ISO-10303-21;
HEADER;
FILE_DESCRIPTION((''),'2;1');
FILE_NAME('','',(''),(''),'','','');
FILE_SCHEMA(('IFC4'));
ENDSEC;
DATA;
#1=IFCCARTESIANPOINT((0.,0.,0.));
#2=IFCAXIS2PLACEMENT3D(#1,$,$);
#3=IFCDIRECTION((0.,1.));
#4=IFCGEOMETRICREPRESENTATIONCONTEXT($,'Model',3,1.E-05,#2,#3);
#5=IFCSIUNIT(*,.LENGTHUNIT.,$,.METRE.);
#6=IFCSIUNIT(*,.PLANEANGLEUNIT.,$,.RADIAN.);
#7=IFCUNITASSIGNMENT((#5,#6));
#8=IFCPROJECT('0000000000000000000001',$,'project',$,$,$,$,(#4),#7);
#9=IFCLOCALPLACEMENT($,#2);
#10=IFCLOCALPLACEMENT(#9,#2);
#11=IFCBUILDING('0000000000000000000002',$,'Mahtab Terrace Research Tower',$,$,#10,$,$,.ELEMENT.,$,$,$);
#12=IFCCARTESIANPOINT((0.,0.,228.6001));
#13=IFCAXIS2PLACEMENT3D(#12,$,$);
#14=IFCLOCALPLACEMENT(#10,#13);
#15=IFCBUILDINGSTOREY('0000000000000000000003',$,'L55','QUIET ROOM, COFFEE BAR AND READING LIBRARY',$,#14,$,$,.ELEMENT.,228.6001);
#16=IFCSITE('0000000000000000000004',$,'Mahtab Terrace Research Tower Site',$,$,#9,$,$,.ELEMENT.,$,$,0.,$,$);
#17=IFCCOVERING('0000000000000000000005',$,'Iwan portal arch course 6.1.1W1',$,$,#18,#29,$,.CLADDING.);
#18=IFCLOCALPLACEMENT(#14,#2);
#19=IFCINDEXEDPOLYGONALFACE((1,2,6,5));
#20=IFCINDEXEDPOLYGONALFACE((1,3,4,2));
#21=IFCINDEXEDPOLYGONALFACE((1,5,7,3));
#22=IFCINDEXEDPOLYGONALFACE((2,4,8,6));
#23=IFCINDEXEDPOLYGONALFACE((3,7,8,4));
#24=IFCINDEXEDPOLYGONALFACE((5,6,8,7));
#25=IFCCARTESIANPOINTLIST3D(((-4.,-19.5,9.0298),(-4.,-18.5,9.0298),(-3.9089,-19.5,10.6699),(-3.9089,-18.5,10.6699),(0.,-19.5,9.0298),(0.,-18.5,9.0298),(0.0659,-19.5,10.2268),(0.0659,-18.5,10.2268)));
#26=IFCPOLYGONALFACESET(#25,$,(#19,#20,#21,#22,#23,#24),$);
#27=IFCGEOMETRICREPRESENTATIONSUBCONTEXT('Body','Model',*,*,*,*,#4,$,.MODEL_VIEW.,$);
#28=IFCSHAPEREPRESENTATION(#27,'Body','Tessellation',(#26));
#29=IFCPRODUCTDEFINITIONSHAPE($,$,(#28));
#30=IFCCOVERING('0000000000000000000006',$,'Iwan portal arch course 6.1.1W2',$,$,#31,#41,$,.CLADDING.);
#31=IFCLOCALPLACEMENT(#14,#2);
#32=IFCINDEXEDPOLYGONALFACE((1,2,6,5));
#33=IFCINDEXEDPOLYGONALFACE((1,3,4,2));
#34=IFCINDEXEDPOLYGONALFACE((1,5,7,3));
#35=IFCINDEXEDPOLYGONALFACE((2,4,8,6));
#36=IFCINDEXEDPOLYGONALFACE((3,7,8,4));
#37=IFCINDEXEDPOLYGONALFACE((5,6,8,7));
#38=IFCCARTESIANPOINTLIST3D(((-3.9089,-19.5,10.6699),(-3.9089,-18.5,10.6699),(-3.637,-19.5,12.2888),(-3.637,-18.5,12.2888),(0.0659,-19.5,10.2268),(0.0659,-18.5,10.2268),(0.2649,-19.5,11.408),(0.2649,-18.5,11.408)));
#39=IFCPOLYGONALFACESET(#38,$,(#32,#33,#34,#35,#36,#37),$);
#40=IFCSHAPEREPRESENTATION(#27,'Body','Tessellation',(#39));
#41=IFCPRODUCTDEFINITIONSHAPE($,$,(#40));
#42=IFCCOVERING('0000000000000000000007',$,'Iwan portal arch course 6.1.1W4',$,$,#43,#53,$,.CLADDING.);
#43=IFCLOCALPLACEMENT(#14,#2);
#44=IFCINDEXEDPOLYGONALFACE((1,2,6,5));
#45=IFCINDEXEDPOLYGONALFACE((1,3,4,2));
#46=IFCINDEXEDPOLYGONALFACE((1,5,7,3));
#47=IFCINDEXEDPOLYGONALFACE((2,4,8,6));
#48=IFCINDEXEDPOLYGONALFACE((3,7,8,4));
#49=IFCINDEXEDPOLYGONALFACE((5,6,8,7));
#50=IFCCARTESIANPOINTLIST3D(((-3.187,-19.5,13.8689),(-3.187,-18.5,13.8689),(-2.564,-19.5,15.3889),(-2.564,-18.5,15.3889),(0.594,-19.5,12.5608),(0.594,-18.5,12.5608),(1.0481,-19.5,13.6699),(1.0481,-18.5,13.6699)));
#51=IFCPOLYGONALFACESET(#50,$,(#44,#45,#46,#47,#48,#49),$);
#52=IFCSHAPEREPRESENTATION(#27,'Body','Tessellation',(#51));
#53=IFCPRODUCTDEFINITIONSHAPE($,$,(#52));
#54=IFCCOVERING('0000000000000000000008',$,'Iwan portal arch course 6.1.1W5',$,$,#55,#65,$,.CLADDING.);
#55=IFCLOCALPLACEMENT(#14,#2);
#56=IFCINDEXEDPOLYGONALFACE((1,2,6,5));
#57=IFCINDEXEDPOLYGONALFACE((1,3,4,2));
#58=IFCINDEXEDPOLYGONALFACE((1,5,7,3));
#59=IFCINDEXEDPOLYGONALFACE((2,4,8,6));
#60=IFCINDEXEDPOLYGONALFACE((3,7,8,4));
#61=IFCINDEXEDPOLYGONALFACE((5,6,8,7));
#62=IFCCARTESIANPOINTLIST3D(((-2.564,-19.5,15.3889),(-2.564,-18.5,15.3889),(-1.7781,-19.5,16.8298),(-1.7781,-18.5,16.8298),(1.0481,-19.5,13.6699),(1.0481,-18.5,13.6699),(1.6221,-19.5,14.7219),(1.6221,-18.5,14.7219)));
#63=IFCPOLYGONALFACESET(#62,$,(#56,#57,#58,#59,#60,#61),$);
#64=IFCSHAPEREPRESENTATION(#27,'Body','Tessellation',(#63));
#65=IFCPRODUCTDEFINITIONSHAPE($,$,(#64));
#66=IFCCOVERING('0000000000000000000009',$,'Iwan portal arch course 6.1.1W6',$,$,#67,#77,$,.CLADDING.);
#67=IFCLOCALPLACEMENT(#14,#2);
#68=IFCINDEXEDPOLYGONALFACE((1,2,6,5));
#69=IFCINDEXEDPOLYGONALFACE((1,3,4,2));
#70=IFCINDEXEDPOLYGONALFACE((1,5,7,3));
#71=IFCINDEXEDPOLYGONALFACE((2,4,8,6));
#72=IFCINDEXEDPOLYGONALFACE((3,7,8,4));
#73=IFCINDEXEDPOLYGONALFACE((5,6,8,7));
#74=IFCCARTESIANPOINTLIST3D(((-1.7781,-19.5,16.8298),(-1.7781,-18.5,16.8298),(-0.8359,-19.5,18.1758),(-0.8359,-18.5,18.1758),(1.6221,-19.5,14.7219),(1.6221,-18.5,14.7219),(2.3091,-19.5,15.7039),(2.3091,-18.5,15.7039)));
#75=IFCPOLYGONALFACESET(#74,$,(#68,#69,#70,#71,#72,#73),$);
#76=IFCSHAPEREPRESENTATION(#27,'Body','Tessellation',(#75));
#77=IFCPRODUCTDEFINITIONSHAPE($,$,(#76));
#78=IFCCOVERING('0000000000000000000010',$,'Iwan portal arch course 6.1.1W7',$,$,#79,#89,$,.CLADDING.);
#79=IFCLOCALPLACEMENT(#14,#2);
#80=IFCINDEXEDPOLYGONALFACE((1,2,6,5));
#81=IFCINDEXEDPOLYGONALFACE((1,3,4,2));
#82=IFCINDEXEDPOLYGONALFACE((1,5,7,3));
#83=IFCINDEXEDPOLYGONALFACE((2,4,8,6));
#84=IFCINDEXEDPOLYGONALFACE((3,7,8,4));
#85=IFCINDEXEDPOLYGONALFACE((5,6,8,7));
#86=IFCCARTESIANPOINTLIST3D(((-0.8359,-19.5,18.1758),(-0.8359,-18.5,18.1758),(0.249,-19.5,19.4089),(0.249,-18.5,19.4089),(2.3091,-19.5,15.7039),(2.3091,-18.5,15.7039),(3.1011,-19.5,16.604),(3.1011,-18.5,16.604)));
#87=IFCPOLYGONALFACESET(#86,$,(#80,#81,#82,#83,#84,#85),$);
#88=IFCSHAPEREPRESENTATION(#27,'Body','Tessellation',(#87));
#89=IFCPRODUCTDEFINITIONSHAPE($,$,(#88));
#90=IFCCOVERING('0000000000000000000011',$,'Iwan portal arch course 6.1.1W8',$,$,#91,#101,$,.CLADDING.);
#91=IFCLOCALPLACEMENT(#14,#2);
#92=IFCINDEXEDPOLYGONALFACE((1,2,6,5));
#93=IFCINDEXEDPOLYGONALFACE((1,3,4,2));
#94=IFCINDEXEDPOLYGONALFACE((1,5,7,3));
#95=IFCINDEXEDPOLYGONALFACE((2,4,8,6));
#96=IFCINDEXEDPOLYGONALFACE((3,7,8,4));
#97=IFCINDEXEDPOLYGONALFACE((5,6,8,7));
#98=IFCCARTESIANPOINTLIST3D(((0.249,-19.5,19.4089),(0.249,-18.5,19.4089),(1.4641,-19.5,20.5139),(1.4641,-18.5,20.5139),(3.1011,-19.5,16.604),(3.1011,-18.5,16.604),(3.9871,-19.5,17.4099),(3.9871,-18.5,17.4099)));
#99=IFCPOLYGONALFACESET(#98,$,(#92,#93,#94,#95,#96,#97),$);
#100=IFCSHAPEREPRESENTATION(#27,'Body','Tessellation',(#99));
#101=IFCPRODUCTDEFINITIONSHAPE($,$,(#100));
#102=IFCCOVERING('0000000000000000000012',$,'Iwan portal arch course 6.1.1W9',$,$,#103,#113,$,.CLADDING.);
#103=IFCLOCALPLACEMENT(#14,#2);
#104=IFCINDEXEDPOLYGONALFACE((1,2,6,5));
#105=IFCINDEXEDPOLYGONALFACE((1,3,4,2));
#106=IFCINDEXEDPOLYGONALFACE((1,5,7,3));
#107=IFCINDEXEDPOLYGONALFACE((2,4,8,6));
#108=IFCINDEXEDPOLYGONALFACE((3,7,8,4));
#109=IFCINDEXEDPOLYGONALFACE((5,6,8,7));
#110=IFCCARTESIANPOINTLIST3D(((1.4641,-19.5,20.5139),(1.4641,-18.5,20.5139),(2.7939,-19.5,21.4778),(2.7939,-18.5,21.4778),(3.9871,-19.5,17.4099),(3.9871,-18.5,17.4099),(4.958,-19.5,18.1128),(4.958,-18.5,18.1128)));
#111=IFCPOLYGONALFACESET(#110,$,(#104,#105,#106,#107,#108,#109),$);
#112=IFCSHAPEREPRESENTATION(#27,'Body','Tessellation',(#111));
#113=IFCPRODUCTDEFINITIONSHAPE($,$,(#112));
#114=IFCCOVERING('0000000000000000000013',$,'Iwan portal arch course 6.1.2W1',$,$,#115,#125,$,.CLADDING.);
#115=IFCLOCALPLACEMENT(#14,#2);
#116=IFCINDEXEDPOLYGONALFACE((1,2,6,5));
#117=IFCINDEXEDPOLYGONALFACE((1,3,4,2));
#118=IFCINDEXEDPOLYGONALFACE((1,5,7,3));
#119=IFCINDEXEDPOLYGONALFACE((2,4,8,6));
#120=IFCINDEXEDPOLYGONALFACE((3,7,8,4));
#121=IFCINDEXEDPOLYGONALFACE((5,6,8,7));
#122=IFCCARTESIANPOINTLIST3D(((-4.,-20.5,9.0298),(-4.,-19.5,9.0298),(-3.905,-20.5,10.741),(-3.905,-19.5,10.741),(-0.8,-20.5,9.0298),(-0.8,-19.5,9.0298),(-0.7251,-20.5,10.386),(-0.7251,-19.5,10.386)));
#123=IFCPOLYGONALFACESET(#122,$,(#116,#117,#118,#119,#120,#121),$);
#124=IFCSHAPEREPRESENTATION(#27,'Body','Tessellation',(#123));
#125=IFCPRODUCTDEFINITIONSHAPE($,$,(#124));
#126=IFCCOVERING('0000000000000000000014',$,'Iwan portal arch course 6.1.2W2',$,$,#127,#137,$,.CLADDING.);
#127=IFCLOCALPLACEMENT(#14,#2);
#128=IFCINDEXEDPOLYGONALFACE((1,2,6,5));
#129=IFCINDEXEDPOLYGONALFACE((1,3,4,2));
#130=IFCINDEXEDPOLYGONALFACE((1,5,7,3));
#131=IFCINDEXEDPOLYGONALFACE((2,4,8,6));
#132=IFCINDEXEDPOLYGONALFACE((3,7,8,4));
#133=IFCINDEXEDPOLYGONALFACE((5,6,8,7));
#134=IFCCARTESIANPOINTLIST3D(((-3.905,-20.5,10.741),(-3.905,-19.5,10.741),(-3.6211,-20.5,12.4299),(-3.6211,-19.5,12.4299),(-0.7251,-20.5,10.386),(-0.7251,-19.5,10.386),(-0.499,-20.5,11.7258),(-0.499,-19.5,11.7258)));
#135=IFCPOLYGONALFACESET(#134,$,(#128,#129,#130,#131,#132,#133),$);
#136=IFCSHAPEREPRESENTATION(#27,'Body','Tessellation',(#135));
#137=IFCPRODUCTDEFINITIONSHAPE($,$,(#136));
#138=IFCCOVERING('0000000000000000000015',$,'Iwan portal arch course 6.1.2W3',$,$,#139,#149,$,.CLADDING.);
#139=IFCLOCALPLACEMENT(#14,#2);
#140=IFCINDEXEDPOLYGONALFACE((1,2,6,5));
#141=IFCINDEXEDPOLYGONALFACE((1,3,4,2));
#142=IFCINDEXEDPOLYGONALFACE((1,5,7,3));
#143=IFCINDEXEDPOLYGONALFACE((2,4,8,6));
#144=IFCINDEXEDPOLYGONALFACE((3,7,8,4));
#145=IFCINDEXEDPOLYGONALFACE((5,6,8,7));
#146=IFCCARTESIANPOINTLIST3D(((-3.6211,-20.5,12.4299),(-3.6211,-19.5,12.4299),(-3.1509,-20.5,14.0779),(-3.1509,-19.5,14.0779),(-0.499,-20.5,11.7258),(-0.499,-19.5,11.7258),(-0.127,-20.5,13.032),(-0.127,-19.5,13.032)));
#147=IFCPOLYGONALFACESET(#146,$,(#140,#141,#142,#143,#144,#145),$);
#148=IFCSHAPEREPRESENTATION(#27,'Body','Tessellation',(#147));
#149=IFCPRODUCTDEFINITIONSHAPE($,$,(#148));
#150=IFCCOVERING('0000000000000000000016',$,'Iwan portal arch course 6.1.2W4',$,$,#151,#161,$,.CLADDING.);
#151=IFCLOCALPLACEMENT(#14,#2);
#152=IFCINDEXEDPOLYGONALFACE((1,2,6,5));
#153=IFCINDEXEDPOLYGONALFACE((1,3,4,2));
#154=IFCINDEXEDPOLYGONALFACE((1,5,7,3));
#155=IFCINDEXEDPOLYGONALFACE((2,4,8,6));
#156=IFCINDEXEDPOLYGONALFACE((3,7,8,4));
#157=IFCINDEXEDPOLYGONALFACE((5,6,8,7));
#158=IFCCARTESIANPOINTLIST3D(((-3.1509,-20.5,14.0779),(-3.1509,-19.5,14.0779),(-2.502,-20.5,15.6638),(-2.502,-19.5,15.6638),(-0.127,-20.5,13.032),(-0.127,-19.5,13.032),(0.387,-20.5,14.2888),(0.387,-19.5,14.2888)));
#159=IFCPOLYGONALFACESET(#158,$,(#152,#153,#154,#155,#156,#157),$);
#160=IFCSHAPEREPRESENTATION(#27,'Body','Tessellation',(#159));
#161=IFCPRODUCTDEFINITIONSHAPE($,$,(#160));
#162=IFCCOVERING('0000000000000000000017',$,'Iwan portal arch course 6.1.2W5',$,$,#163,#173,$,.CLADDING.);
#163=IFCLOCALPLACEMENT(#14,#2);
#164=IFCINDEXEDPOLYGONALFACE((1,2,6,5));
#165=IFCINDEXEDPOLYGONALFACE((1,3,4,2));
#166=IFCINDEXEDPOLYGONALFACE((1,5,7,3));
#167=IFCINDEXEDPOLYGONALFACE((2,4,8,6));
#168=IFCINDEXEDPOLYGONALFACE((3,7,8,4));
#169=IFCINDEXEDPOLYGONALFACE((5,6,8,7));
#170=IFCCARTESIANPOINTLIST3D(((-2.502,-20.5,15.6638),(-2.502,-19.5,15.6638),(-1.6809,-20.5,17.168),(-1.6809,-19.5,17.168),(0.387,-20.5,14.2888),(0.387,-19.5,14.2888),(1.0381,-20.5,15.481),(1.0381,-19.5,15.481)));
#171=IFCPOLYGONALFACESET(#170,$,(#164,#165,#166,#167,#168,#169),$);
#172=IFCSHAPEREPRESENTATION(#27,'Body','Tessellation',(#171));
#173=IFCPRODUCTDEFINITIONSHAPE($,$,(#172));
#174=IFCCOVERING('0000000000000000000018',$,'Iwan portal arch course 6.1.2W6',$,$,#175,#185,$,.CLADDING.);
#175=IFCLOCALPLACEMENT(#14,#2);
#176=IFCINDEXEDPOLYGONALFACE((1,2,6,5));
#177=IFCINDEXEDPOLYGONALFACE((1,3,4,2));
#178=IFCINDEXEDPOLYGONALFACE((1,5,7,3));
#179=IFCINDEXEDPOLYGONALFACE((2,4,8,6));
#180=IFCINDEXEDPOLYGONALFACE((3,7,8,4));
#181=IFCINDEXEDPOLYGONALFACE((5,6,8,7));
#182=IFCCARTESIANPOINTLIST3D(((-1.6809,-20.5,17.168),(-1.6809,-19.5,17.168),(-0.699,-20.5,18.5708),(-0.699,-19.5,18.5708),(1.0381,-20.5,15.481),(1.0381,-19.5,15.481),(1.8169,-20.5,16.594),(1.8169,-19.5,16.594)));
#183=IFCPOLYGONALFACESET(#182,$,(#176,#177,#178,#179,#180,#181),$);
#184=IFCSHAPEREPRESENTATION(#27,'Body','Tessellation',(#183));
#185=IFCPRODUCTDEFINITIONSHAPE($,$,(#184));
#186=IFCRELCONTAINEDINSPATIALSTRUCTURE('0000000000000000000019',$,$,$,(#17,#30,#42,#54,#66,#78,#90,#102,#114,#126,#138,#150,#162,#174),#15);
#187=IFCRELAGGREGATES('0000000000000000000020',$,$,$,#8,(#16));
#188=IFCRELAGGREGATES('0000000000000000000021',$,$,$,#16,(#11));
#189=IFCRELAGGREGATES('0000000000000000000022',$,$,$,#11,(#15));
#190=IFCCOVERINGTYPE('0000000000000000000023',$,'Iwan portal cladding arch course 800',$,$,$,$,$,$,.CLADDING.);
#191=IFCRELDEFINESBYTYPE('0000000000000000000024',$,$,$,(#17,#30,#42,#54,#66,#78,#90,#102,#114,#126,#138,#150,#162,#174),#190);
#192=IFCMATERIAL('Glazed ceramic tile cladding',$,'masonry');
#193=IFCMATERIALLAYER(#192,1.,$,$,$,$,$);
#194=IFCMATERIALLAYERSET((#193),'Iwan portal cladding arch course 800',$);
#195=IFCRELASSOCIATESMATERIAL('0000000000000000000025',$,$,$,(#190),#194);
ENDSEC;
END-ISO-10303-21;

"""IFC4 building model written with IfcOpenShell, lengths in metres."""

from ifc_helpers import new_model, si_unit, direction, frame, origin, place, context, subcontext, project, spatial, polyline, outline, extrude, material, layer, layer_set, type_object, element, save


model = new_model("IFC4")

# Units and contexts
model_context = context("Model", 3, precision=1e-05, world=origin(), true_north=direction((0.0, 1.0)))
body_context = subcontext(model_context, "Body", "Model", "MODEL_VIEW")
ifc_project = project(units=[si_unit("LENGTHUNIT", "METRE"), si_unit("PLANEANGLEUNIT", "RADIAN")], contexts=[model_context])

# Site, building, storey
site_placement = place(None, origin())
site = spatial("IfcSite", under=ifc_project, at=site_placement, Name="Mahtab Terrace Research Tower Site", CompositionType="ELEMENT", RefElevation=0.0)
building_placement = place(site_placement, origin())
building = spatial("IfcBuilding", under=site, at=building_placement, Name="Mahtab Terrace Research Tower", CompositionType="ELEMENT")
storey_placement = place(building_placement, frame((0.0, 0.0, 228.6001)))
storey = spatial("IfcBuildingStorey", under=building, at=storey_placement, Name="L55", Description="QUIET ROOM, COFFEE BAR AND READING LIBRARY", CompositionType="ELEMENT", Elevation=228.6001)

# Coverings
ifc_material_1 = material(Name="Glazed ceramic tile cladding", Category="masonry")
ifc_layer_1 = layer(ifc_material_1, 1.0)
ifc_layer_set_1 = layer_set([ifc_layer_1], Name="Iwan portal cladding arch course 800")
covering_type_1 = type_object("IfcCoveringType", Name="Iwan portal cladding arch course 800", PredefinedType="CLADDING", material=ifc_layer_set_1)
covering_1_placement = place(storey_placement, frame((-4.0, -18.5, 9.0298), z_axis=(0.0, 1.0, 0.0), x_axis=(0.055437, 0.0, 0.998462)))
element("IfcCovering", 1, at=covering_1_placement, inside=storey, type_object=covering_type_1, Name="Iwan portal arch course 6.1.1W1", PredefinedType="CLADDING", context=body_context, shape_type="SweptSolid", body=[
    extrude(outline(polyline([(0.0, 0.0), (1.6427, 0.0), (1.4206, 3.9933), (0.2217, 3.9938), (0.0, 0.0)])), origin(), (0.0, 0.0, -1.0), 1.0),
])
covering_2_placement = place(storey_placement, frame((-3.9089, -18.5, 10.6699), z_axis=(0.0, 1.0, 0.0), x_axis=(0.165677, 0.0, 0.98618)))
element("IfcCovering", 2, at=covering_2_placement, inside=storey, type_object=covering_type_1, Name="Iwan portal arch course 6.1.1W2", PredefinedType="CLADDING", context=body_context, shape_type="SweptSolid", body=[
    extrude(outline(polyline([(0.0, 0.0), (1.6416, 0.0), (1.4193, 3.9939), (0.2216, 3.9933), (0.0, 0.0)])), origin(), (0.0, 0.0, -1.0), 1.0),
])
covering_3_placement = place(storey_placement, frame((-3.187, -18.5, 13.8689), z_axis=(0.0, 1.0, 0.0), x_axis=(0.379269, 0.0, 0.925286)))
element("IfcCovering", 3, at=covering_3_placement, inside=storey, type_object=covering_type_1, Name="Iwan portal arch course 6.1.1W4", PredefinedType="CLADDING", context=body_context, shape_type="SweptSolid", body=[
    extrude(outline(polyline([(0.0, 0.0), (1.6428, 0.0), (1.4221, 3.9942), (0.2236, 3.9946), (0.0, 0.0)])), origin(), (0.0, 0.0, -1.0), 1.0),
])
covering_4_placement = place(storey_placement, frame((-2.564, -18.5, 15.3889), z_axis=(0.0, 1.0, 0.0), x_axis=(0.478821, 0.0, 0.877913)))
element("IfcCovering", 4, at=covering_4_placement, inside=storey, type_object=covering_type_1, Name="Iwan portal arch course 6.1.1W5", PredefinedType="CLADDING", context=body_context, shape_type="SweptSolid", body=[
    extrude(outline(polyline([(0.0, 0.0), (1.6413, 0.0), (1.4188, 3.9943), (0.2204, 3.9942), (0.0, 0.0)])), origin(), (0.0, 0.0, -1.0), 1.0),
])
covering_5_placement = place(storey_placement, frame((-1.7781, -18.5, 16.8298), z_axis=(0.0, 1.0, 0.0), x_axis=(0.573452, 0.0, 0.819239)))
element("IfcCovering", 5, at=covering_5_placement, inside=storey, type_object=covering_type_1, Name="Iwan portal arch course 6.1.1W6", PredefinedType="CLADDING", context=body_context, shape_type="SweptSolid", body=[
    extrude(outline(polyline([(0.0, 0.0), (1.6429, 0.0), (1.4213, 3.9941), (0.2229, 3.9943), (0.0, 0.0)])), origin(), (0.0, 0.0, -1.0), 1.0),
])
covering_6_placement = place(storey_placement, frame((-0.8359, -18.5, 18.1758), z_axis=(0.0, 1.0, 0.0), x_axis=(0.660554, 0.0, 0.750778)))
element("IfcCovering", 6, at=covering_6_placement, inside=storey, type_object=covering_type_1, Name="Iwan portal arch course 6.1.1W7", PredefinedType="CLADDING", context=body_context, shape_type="SweptSolid", body=[
    extrude(outline(polyline([(0.0, 0.0), (1.6425, 0.0), (1.4206, 3.9941), (0.2216, 3.9941), (0.0, 0.0)])), origin(), (0.0, 0.0, -1.0), 1.0),
])
covering_7_placement = place(storey_placement, frame((0.249, -18.5, 19.4089), z_axis=(0.0, 1.0, 0.0), x_axis=(0.739832, 0.0, 0.672791)))
element("IfcCovering", 7, at=covering_7_placement, inside=storey, type_object=covering_type_1, Name="Iwan portal arch course 6.1.1W8", PredefinedType="CLADDING", context=body_context, shape_type="SweptSolid", body=[
    extrude(outline(polyline([(0.0, 0.0), (1.6424, 0.0), (1.4206, 3.9939), (0.2229, 3.994), (0.0, 0.0)])), origin(), (0.0, 0.0, -1.0), 1.0),
])
covering_8_placement = place(storey_placement, frame((1.4641, -18.5, 20.5139), z_axis=(0.0, 1.0, 0.0), x_axis=(0.809686, 0.0, 0.586863)))
element("IfcCovering", 8, at=covering_8_placement, inside=storey, type_object=covering_type_1, Name="Iwan portal arch course 6.1.1W9", PredefinedType="CLADDING", context=body_context, shape_type="SweptSolid", body=[
    extrude(outline(polyline([(0.0, 0.0), (1.6424, 0.0), (1.4198, 3.9946), (0.2212, 3.9939), (0.0, 0.0)])), origin(), (0.0, 0.0, -1.0), 1.0),
])
covering_9_placement = place(storey_placement, frame((-4.0, -19.5, 9.0298), z_axis=(0.0, 1.0, 0.0), x_axis=(0.055415, 0.0, 0.998463)))
element("IfcCovering", 9, at=covering_9_placement, inside=storey, type_object=covering_type_1, Name="Iwan portal arch course 6.1.2W1", PredefinedType="CLADDING", context=body_context, shape_type="SweptSolid", body=[
    extrude(outline(polyline([(0.0, 0.0), (1.7138, 0.0), (1.5356, 3.1947), (0.1773, 3.195), (0.0, 0.0)])), origin(), (0.0, 0.0, -1.0), 1.0),
])
covering_10_placement = place(storey_placement, frame((-3.905, -19.5, 10.741), z_axis=(0.0, 1.0, 0.0), x_axis=(0.165786, 0.0, 0.986162)))
element("IfcCovering", 10, at=covering_10_placement, inside=storey, type_object=covering_type_1, Name="Iwan portal arch course 6.1.2W2", PredefinedType="CLADDING", context=body_context, shape_type="SweptSolid", body=[
    extrude(outline(polyline([(0.0, 0.0), (1.7127, 0.0), (1.5359, 3.1956), (0.1771, 3.1948), (0.0, 0.0)])), origin(), (0.0, 0.0, -1.0), 1.0),
])
covering_11_placement = place(storey_placement, frame((-3.6211, -19.5, 12.4299), z_axis=(0.0, 1.0, 0.0), x_axis=(0.274382, 0.0, 0.961621)))
element("IfcCovering", 11, at=covering_11_placement, inside=storey, type_object=covering_type_1, Name="Iwan portal arch course 6.1.2W3", PredefinedType="CLADDING", context=body_context, shape_type="SweptSolid", body=[
    extrude(outline(polyline([(0.0, 0.0), (1.7137, 0.0), (1.5377, 3.1948), (0.1796, 3.1954), (0.0, 0.0)])), origin(), (0.0, 0.0, -1.0), 1.0),
])
covering_12_placement = place(storey_placement, frame((-3.1509, -19.5, 14.0779), z_axis=(0.0, 1.0, 0.0), x_axis=(0.378699, 0.0, 0.92552)))
element("IfcCovering", 12, at=covering_12_placement, inside=storey, type_object=covering_type_1, Name="Iwan portal arch course 6.1.2W4", PredefinedType="CLADDING", context=body_context, shape_type="SweptSolid", body=[
    extrude(outline(polyline([(0.0, 0.0), (1.7136, 0.0), (1.535, 3.1945), (0.1772, 3.1948), (0.0, 0.0)])), origin(), (0.0, 0.0, -1.0), 1.0),
])
covering_13_placement = place(storey_placement, frame((-2.502, -19.5, 15.6638), z_axis=(0.0, 1.0, 0.0), x_axis=(0.479122, 0.0, 0.877749)))
element("IfcCovering", 13, at=covering_13_placement, inside=storey, type_object=covering_type_1, Name="Iwan portal arch course 6.1.2W5", PredefinedType="CLADDING", context=body_context, shape_type="SweptSolid", body=[
    extrude(outline(polyline([(0.0, 0.0), (1.7136, 0.0), (1.5356, 3.1949), (0.1772, 3.1945), (0.0, 0.0)])), origin(), (0.0, 0.0, -1.0), 1.0),
])
covering_14_placement = place(storey_placement, frame((-1.6809, -19.5, 17.168), z_axis=(0.0, 1.0, 0.0), x_axis=(0.573443, 0.0, 0.819245)))
element("IfcCovering", 14, at=covering_14_placement, inside=storey, type_object=covering_type_1, Name="Iwan portal arch course 6.1.2W6", PredefinedType="CLADDING", context=body_context, shape_type="SweptSolid", body=[
    extrude(outline(polyline([(0.0, 0.0), (1.7123, 0.0), (1.5356, 3.1947), (0.1771, 3.1949), (0.0, 0.0)])), origin(), (0.0, 0.0, -1.0), 1.0),
])

save(model, "model.ifc")
